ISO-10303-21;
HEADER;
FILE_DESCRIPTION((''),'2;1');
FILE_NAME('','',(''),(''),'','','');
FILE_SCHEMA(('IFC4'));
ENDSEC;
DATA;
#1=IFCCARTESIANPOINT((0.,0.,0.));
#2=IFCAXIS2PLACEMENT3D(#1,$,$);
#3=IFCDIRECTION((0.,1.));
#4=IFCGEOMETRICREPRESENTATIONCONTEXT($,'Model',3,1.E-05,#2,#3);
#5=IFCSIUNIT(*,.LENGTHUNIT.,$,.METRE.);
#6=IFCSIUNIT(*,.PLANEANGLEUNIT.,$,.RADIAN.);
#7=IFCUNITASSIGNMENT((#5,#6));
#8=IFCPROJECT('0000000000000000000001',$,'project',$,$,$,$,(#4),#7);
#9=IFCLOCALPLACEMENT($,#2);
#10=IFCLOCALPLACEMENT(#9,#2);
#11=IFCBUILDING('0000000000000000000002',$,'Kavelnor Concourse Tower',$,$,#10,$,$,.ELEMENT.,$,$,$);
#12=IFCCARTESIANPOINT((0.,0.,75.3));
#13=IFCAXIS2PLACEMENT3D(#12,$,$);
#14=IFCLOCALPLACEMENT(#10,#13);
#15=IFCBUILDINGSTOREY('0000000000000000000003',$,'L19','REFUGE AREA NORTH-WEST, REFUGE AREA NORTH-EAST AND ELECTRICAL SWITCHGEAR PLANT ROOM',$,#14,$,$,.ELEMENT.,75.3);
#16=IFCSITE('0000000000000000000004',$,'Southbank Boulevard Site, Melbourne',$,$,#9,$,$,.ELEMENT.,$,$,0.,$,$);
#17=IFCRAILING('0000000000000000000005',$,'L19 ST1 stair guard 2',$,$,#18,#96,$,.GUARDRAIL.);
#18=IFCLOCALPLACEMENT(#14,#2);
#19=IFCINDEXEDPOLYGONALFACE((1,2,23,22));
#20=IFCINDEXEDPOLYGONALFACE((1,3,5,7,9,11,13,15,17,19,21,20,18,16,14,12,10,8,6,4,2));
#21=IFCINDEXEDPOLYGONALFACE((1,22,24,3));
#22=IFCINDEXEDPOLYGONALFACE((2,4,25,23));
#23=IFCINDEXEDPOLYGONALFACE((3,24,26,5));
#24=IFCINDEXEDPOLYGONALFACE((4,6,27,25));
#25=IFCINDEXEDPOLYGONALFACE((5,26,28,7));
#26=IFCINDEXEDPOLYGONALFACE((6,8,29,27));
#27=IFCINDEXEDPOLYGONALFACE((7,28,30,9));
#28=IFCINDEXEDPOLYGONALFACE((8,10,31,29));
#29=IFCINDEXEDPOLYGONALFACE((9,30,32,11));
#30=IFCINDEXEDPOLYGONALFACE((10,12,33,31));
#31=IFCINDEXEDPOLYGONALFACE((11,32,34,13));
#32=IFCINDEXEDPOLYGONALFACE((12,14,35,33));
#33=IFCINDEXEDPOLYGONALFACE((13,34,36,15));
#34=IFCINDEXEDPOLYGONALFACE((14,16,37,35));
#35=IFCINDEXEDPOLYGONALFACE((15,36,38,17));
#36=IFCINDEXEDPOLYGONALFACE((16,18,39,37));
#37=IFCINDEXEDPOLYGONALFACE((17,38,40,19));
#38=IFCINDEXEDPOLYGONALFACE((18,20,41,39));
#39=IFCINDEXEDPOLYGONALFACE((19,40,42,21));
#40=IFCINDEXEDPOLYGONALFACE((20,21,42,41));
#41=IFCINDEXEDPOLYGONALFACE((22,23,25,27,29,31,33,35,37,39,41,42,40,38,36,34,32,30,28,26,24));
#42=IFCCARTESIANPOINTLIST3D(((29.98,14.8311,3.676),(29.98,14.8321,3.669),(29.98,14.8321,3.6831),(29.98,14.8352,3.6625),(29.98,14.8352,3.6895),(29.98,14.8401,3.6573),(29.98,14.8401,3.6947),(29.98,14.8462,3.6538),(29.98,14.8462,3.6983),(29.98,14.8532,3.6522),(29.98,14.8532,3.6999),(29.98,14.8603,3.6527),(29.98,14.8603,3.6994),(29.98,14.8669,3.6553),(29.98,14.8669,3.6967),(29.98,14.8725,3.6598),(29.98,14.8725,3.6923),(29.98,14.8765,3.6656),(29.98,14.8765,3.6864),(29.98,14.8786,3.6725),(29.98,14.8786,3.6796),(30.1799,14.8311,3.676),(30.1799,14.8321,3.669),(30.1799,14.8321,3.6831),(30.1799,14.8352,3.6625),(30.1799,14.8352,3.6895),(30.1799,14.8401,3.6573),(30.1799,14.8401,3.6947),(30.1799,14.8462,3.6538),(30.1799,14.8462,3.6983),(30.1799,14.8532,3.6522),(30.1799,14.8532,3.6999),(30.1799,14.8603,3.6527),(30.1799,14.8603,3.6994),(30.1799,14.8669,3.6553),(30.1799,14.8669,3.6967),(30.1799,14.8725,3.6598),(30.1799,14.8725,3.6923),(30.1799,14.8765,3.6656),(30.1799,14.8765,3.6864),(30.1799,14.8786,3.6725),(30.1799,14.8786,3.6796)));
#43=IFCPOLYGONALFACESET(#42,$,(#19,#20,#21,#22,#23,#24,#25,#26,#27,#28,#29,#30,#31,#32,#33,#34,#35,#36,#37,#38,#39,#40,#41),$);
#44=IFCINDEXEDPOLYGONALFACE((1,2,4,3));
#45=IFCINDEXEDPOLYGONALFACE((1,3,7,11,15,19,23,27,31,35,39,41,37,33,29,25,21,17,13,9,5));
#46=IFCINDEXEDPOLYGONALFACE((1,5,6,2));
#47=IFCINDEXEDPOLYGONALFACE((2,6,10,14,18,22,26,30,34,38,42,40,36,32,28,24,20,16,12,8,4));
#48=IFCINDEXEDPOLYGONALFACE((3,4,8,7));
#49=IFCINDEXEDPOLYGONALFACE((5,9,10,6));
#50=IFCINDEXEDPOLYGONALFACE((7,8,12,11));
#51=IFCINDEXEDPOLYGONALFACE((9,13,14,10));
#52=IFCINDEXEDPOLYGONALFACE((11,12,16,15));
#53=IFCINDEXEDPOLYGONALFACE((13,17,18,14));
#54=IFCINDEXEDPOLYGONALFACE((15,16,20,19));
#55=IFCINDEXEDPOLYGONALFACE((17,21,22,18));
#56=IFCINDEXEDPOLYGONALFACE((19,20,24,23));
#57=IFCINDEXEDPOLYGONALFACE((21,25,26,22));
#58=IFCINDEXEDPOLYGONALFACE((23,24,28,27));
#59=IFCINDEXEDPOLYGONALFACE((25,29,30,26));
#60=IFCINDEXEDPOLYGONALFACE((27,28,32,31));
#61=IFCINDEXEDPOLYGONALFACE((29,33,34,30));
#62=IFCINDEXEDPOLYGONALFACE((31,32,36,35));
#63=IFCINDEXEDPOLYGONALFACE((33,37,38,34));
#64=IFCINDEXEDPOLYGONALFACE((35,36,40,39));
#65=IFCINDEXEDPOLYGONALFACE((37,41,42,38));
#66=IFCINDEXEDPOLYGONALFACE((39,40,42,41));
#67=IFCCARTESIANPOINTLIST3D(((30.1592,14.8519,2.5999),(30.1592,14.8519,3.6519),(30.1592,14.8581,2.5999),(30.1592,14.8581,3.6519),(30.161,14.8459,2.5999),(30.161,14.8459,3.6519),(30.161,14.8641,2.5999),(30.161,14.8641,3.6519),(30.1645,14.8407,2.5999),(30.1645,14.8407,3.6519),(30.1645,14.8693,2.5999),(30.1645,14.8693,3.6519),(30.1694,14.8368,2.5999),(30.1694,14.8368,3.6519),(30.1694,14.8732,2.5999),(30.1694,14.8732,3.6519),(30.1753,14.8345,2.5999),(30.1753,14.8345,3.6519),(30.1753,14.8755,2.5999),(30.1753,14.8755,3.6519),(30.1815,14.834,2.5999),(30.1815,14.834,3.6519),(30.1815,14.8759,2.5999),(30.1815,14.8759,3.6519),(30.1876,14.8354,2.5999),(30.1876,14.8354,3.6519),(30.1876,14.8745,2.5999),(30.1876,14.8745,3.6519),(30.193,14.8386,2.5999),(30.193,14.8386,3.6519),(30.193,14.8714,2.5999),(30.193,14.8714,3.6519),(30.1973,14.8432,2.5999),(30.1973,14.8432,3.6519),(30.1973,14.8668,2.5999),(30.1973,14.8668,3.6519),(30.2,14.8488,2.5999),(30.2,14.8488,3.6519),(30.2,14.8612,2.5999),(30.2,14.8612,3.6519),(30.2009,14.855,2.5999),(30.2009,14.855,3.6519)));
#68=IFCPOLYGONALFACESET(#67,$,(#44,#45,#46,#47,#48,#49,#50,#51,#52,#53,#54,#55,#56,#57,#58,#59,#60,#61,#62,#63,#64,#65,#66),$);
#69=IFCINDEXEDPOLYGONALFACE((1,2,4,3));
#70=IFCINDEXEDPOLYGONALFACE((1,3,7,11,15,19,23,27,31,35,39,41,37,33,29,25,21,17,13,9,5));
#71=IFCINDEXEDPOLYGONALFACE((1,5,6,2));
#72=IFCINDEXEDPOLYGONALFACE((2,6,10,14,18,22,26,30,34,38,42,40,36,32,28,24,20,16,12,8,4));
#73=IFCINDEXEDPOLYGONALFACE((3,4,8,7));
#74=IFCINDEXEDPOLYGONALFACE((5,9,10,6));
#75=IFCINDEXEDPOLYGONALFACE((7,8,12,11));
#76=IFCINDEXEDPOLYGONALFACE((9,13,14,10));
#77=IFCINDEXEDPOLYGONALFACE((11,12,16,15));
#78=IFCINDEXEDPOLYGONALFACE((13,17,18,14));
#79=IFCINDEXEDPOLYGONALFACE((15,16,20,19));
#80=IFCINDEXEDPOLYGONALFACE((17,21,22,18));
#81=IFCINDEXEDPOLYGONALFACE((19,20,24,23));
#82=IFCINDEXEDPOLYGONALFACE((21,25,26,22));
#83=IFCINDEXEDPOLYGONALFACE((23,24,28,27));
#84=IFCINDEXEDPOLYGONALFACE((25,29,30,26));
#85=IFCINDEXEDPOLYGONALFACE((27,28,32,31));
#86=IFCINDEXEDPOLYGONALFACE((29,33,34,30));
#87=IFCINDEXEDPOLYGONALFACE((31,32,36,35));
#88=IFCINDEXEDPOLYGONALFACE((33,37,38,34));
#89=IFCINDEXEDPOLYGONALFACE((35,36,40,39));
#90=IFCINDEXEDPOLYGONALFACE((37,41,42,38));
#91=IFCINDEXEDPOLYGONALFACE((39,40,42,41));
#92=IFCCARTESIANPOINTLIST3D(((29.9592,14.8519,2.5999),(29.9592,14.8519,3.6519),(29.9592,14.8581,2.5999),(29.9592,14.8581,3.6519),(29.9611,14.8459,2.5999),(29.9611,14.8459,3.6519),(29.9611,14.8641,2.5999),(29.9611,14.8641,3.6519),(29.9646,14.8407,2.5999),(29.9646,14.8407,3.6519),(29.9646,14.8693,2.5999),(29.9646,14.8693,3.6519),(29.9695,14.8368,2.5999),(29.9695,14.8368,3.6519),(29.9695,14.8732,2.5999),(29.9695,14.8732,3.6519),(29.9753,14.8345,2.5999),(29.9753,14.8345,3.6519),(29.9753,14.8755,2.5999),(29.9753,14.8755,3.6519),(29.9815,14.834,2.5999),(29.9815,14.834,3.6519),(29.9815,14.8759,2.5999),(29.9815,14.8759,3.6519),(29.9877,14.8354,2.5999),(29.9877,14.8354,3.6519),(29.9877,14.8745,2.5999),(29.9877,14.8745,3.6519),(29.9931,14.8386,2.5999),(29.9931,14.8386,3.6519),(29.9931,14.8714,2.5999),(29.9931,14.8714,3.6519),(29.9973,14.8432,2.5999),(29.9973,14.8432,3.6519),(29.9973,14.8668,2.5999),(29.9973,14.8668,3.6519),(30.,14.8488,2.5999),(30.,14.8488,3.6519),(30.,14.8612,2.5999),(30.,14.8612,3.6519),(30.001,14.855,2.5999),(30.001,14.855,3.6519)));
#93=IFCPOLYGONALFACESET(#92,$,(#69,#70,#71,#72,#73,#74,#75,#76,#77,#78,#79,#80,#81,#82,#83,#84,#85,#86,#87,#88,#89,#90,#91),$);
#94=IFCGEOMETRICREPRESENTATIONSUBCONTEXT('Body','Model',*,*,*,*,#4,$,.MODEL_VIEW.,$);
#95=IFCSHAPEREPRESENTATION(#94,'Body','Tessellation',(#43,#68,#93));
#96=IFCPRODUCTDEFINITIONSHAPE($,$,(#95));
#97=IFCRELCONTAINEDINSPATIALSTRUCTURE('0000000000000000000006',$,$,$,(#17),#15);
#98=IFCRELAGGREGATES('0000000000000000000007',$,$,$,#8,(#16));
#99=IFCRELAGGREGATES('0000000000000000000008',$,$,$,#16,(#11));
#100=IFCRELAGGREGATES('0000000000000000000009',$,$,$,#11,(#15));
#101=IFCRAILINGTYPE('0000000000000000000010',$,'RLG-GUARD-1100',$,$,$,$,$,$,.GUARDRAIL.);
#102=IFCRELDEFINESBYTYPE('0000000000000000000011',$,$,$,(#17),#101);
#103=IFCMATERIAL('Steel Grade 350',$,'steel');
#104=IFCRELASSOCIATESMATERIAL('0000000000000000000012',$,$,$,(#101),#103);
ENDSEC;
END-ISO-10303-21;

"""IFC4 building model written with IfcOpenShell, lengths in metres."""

from ifc_helpers import new_model, si_unit, direction, frame, origin, origin_2d, place, context, subcontext, project, spatial, circle, extrude, material, type_object, element, save


model = new_model("IFC4")

# Units and contexts
model_context = context("Model", 3, precision=1e-05, world=origin(), true_north=direction((0.0, 1.0)))
body_context = subcontext(model_context, "Body", "Model", "MODEL_VIEW")
ifc_project = project(units=[si_unit("LENGTHUNIT", "METRE"), si_unit("PLANEANGLEUNIT", "RADIAN")], contexts=[model_context])

# Site, building, storey
site_placement = place(None, origin())
site = spatial("IfcSite", under=ifc_project, at=site_placement, Name="Southbank Boulevard Site, Melbourne", CompositionType="ELEMENT", RefElevation=0.0)
building_placement = place(site_placement, origin())
building = spatial("IfcBuilding", under=site, at=building_placement, Name="Kavelnor Concourse Tower", CompositionType="ELEMENT")
storey_placement = place(building_placement, frame((0.0, 0.0, 75.3)))
storey = spatial("IfcBuildingStorey", under=building, at=storey_placement, Name="L19", Description="REFUGE AREA NORTH-WEST, REFUGE AREA NORTH-EAST AND ELECTRICAL SWITCHGEAR PLANT ROOM", CompositionType="ELEMENT", Elevation=75.3)

# Shared definitions
ifc_material_1 = material(Name="Steel Grade 350", Category="steel")

# Railing
railing_type_1 = type_object("IfcRailingType", Name="RLG-GUARD-1100", PredefinedType="GUARDRAIL", material=ifc_material_1)
railing_1_placement = place(storey_placement, frame((30.1799, 14.855, 2.5999)))
element("IfcRailing", 1, at=railing_1_placement, inside=storey, type_object=railing_type_1, Name="L19 ST1 stair guard 2", PredefinedType="GUARDRAIL", context=body_context, shape_type="SweptSolid", body=[
    extrude(circle(Radius=0.0239, at=origin_2d()), frame((0.0, 0.0, 1.0762), z_axis=(-1.0, 0.0, 0.0), x_axis=(0.0, -1.0, 0.0)), (0.0, 0.0, 1.0), 0.2),
    extrude(circle(Radius=0.021, at=origin_2d()), origin(), (0.0, 0.0, 1.0), 1.052),
    extrude(circle(Radius=0.021, at=origin_2d()), frame((-0.2, 0.0, 0.0)), (0.0, 0.0, 1.0), 1.052),
])

save(model, "model.ifc")
